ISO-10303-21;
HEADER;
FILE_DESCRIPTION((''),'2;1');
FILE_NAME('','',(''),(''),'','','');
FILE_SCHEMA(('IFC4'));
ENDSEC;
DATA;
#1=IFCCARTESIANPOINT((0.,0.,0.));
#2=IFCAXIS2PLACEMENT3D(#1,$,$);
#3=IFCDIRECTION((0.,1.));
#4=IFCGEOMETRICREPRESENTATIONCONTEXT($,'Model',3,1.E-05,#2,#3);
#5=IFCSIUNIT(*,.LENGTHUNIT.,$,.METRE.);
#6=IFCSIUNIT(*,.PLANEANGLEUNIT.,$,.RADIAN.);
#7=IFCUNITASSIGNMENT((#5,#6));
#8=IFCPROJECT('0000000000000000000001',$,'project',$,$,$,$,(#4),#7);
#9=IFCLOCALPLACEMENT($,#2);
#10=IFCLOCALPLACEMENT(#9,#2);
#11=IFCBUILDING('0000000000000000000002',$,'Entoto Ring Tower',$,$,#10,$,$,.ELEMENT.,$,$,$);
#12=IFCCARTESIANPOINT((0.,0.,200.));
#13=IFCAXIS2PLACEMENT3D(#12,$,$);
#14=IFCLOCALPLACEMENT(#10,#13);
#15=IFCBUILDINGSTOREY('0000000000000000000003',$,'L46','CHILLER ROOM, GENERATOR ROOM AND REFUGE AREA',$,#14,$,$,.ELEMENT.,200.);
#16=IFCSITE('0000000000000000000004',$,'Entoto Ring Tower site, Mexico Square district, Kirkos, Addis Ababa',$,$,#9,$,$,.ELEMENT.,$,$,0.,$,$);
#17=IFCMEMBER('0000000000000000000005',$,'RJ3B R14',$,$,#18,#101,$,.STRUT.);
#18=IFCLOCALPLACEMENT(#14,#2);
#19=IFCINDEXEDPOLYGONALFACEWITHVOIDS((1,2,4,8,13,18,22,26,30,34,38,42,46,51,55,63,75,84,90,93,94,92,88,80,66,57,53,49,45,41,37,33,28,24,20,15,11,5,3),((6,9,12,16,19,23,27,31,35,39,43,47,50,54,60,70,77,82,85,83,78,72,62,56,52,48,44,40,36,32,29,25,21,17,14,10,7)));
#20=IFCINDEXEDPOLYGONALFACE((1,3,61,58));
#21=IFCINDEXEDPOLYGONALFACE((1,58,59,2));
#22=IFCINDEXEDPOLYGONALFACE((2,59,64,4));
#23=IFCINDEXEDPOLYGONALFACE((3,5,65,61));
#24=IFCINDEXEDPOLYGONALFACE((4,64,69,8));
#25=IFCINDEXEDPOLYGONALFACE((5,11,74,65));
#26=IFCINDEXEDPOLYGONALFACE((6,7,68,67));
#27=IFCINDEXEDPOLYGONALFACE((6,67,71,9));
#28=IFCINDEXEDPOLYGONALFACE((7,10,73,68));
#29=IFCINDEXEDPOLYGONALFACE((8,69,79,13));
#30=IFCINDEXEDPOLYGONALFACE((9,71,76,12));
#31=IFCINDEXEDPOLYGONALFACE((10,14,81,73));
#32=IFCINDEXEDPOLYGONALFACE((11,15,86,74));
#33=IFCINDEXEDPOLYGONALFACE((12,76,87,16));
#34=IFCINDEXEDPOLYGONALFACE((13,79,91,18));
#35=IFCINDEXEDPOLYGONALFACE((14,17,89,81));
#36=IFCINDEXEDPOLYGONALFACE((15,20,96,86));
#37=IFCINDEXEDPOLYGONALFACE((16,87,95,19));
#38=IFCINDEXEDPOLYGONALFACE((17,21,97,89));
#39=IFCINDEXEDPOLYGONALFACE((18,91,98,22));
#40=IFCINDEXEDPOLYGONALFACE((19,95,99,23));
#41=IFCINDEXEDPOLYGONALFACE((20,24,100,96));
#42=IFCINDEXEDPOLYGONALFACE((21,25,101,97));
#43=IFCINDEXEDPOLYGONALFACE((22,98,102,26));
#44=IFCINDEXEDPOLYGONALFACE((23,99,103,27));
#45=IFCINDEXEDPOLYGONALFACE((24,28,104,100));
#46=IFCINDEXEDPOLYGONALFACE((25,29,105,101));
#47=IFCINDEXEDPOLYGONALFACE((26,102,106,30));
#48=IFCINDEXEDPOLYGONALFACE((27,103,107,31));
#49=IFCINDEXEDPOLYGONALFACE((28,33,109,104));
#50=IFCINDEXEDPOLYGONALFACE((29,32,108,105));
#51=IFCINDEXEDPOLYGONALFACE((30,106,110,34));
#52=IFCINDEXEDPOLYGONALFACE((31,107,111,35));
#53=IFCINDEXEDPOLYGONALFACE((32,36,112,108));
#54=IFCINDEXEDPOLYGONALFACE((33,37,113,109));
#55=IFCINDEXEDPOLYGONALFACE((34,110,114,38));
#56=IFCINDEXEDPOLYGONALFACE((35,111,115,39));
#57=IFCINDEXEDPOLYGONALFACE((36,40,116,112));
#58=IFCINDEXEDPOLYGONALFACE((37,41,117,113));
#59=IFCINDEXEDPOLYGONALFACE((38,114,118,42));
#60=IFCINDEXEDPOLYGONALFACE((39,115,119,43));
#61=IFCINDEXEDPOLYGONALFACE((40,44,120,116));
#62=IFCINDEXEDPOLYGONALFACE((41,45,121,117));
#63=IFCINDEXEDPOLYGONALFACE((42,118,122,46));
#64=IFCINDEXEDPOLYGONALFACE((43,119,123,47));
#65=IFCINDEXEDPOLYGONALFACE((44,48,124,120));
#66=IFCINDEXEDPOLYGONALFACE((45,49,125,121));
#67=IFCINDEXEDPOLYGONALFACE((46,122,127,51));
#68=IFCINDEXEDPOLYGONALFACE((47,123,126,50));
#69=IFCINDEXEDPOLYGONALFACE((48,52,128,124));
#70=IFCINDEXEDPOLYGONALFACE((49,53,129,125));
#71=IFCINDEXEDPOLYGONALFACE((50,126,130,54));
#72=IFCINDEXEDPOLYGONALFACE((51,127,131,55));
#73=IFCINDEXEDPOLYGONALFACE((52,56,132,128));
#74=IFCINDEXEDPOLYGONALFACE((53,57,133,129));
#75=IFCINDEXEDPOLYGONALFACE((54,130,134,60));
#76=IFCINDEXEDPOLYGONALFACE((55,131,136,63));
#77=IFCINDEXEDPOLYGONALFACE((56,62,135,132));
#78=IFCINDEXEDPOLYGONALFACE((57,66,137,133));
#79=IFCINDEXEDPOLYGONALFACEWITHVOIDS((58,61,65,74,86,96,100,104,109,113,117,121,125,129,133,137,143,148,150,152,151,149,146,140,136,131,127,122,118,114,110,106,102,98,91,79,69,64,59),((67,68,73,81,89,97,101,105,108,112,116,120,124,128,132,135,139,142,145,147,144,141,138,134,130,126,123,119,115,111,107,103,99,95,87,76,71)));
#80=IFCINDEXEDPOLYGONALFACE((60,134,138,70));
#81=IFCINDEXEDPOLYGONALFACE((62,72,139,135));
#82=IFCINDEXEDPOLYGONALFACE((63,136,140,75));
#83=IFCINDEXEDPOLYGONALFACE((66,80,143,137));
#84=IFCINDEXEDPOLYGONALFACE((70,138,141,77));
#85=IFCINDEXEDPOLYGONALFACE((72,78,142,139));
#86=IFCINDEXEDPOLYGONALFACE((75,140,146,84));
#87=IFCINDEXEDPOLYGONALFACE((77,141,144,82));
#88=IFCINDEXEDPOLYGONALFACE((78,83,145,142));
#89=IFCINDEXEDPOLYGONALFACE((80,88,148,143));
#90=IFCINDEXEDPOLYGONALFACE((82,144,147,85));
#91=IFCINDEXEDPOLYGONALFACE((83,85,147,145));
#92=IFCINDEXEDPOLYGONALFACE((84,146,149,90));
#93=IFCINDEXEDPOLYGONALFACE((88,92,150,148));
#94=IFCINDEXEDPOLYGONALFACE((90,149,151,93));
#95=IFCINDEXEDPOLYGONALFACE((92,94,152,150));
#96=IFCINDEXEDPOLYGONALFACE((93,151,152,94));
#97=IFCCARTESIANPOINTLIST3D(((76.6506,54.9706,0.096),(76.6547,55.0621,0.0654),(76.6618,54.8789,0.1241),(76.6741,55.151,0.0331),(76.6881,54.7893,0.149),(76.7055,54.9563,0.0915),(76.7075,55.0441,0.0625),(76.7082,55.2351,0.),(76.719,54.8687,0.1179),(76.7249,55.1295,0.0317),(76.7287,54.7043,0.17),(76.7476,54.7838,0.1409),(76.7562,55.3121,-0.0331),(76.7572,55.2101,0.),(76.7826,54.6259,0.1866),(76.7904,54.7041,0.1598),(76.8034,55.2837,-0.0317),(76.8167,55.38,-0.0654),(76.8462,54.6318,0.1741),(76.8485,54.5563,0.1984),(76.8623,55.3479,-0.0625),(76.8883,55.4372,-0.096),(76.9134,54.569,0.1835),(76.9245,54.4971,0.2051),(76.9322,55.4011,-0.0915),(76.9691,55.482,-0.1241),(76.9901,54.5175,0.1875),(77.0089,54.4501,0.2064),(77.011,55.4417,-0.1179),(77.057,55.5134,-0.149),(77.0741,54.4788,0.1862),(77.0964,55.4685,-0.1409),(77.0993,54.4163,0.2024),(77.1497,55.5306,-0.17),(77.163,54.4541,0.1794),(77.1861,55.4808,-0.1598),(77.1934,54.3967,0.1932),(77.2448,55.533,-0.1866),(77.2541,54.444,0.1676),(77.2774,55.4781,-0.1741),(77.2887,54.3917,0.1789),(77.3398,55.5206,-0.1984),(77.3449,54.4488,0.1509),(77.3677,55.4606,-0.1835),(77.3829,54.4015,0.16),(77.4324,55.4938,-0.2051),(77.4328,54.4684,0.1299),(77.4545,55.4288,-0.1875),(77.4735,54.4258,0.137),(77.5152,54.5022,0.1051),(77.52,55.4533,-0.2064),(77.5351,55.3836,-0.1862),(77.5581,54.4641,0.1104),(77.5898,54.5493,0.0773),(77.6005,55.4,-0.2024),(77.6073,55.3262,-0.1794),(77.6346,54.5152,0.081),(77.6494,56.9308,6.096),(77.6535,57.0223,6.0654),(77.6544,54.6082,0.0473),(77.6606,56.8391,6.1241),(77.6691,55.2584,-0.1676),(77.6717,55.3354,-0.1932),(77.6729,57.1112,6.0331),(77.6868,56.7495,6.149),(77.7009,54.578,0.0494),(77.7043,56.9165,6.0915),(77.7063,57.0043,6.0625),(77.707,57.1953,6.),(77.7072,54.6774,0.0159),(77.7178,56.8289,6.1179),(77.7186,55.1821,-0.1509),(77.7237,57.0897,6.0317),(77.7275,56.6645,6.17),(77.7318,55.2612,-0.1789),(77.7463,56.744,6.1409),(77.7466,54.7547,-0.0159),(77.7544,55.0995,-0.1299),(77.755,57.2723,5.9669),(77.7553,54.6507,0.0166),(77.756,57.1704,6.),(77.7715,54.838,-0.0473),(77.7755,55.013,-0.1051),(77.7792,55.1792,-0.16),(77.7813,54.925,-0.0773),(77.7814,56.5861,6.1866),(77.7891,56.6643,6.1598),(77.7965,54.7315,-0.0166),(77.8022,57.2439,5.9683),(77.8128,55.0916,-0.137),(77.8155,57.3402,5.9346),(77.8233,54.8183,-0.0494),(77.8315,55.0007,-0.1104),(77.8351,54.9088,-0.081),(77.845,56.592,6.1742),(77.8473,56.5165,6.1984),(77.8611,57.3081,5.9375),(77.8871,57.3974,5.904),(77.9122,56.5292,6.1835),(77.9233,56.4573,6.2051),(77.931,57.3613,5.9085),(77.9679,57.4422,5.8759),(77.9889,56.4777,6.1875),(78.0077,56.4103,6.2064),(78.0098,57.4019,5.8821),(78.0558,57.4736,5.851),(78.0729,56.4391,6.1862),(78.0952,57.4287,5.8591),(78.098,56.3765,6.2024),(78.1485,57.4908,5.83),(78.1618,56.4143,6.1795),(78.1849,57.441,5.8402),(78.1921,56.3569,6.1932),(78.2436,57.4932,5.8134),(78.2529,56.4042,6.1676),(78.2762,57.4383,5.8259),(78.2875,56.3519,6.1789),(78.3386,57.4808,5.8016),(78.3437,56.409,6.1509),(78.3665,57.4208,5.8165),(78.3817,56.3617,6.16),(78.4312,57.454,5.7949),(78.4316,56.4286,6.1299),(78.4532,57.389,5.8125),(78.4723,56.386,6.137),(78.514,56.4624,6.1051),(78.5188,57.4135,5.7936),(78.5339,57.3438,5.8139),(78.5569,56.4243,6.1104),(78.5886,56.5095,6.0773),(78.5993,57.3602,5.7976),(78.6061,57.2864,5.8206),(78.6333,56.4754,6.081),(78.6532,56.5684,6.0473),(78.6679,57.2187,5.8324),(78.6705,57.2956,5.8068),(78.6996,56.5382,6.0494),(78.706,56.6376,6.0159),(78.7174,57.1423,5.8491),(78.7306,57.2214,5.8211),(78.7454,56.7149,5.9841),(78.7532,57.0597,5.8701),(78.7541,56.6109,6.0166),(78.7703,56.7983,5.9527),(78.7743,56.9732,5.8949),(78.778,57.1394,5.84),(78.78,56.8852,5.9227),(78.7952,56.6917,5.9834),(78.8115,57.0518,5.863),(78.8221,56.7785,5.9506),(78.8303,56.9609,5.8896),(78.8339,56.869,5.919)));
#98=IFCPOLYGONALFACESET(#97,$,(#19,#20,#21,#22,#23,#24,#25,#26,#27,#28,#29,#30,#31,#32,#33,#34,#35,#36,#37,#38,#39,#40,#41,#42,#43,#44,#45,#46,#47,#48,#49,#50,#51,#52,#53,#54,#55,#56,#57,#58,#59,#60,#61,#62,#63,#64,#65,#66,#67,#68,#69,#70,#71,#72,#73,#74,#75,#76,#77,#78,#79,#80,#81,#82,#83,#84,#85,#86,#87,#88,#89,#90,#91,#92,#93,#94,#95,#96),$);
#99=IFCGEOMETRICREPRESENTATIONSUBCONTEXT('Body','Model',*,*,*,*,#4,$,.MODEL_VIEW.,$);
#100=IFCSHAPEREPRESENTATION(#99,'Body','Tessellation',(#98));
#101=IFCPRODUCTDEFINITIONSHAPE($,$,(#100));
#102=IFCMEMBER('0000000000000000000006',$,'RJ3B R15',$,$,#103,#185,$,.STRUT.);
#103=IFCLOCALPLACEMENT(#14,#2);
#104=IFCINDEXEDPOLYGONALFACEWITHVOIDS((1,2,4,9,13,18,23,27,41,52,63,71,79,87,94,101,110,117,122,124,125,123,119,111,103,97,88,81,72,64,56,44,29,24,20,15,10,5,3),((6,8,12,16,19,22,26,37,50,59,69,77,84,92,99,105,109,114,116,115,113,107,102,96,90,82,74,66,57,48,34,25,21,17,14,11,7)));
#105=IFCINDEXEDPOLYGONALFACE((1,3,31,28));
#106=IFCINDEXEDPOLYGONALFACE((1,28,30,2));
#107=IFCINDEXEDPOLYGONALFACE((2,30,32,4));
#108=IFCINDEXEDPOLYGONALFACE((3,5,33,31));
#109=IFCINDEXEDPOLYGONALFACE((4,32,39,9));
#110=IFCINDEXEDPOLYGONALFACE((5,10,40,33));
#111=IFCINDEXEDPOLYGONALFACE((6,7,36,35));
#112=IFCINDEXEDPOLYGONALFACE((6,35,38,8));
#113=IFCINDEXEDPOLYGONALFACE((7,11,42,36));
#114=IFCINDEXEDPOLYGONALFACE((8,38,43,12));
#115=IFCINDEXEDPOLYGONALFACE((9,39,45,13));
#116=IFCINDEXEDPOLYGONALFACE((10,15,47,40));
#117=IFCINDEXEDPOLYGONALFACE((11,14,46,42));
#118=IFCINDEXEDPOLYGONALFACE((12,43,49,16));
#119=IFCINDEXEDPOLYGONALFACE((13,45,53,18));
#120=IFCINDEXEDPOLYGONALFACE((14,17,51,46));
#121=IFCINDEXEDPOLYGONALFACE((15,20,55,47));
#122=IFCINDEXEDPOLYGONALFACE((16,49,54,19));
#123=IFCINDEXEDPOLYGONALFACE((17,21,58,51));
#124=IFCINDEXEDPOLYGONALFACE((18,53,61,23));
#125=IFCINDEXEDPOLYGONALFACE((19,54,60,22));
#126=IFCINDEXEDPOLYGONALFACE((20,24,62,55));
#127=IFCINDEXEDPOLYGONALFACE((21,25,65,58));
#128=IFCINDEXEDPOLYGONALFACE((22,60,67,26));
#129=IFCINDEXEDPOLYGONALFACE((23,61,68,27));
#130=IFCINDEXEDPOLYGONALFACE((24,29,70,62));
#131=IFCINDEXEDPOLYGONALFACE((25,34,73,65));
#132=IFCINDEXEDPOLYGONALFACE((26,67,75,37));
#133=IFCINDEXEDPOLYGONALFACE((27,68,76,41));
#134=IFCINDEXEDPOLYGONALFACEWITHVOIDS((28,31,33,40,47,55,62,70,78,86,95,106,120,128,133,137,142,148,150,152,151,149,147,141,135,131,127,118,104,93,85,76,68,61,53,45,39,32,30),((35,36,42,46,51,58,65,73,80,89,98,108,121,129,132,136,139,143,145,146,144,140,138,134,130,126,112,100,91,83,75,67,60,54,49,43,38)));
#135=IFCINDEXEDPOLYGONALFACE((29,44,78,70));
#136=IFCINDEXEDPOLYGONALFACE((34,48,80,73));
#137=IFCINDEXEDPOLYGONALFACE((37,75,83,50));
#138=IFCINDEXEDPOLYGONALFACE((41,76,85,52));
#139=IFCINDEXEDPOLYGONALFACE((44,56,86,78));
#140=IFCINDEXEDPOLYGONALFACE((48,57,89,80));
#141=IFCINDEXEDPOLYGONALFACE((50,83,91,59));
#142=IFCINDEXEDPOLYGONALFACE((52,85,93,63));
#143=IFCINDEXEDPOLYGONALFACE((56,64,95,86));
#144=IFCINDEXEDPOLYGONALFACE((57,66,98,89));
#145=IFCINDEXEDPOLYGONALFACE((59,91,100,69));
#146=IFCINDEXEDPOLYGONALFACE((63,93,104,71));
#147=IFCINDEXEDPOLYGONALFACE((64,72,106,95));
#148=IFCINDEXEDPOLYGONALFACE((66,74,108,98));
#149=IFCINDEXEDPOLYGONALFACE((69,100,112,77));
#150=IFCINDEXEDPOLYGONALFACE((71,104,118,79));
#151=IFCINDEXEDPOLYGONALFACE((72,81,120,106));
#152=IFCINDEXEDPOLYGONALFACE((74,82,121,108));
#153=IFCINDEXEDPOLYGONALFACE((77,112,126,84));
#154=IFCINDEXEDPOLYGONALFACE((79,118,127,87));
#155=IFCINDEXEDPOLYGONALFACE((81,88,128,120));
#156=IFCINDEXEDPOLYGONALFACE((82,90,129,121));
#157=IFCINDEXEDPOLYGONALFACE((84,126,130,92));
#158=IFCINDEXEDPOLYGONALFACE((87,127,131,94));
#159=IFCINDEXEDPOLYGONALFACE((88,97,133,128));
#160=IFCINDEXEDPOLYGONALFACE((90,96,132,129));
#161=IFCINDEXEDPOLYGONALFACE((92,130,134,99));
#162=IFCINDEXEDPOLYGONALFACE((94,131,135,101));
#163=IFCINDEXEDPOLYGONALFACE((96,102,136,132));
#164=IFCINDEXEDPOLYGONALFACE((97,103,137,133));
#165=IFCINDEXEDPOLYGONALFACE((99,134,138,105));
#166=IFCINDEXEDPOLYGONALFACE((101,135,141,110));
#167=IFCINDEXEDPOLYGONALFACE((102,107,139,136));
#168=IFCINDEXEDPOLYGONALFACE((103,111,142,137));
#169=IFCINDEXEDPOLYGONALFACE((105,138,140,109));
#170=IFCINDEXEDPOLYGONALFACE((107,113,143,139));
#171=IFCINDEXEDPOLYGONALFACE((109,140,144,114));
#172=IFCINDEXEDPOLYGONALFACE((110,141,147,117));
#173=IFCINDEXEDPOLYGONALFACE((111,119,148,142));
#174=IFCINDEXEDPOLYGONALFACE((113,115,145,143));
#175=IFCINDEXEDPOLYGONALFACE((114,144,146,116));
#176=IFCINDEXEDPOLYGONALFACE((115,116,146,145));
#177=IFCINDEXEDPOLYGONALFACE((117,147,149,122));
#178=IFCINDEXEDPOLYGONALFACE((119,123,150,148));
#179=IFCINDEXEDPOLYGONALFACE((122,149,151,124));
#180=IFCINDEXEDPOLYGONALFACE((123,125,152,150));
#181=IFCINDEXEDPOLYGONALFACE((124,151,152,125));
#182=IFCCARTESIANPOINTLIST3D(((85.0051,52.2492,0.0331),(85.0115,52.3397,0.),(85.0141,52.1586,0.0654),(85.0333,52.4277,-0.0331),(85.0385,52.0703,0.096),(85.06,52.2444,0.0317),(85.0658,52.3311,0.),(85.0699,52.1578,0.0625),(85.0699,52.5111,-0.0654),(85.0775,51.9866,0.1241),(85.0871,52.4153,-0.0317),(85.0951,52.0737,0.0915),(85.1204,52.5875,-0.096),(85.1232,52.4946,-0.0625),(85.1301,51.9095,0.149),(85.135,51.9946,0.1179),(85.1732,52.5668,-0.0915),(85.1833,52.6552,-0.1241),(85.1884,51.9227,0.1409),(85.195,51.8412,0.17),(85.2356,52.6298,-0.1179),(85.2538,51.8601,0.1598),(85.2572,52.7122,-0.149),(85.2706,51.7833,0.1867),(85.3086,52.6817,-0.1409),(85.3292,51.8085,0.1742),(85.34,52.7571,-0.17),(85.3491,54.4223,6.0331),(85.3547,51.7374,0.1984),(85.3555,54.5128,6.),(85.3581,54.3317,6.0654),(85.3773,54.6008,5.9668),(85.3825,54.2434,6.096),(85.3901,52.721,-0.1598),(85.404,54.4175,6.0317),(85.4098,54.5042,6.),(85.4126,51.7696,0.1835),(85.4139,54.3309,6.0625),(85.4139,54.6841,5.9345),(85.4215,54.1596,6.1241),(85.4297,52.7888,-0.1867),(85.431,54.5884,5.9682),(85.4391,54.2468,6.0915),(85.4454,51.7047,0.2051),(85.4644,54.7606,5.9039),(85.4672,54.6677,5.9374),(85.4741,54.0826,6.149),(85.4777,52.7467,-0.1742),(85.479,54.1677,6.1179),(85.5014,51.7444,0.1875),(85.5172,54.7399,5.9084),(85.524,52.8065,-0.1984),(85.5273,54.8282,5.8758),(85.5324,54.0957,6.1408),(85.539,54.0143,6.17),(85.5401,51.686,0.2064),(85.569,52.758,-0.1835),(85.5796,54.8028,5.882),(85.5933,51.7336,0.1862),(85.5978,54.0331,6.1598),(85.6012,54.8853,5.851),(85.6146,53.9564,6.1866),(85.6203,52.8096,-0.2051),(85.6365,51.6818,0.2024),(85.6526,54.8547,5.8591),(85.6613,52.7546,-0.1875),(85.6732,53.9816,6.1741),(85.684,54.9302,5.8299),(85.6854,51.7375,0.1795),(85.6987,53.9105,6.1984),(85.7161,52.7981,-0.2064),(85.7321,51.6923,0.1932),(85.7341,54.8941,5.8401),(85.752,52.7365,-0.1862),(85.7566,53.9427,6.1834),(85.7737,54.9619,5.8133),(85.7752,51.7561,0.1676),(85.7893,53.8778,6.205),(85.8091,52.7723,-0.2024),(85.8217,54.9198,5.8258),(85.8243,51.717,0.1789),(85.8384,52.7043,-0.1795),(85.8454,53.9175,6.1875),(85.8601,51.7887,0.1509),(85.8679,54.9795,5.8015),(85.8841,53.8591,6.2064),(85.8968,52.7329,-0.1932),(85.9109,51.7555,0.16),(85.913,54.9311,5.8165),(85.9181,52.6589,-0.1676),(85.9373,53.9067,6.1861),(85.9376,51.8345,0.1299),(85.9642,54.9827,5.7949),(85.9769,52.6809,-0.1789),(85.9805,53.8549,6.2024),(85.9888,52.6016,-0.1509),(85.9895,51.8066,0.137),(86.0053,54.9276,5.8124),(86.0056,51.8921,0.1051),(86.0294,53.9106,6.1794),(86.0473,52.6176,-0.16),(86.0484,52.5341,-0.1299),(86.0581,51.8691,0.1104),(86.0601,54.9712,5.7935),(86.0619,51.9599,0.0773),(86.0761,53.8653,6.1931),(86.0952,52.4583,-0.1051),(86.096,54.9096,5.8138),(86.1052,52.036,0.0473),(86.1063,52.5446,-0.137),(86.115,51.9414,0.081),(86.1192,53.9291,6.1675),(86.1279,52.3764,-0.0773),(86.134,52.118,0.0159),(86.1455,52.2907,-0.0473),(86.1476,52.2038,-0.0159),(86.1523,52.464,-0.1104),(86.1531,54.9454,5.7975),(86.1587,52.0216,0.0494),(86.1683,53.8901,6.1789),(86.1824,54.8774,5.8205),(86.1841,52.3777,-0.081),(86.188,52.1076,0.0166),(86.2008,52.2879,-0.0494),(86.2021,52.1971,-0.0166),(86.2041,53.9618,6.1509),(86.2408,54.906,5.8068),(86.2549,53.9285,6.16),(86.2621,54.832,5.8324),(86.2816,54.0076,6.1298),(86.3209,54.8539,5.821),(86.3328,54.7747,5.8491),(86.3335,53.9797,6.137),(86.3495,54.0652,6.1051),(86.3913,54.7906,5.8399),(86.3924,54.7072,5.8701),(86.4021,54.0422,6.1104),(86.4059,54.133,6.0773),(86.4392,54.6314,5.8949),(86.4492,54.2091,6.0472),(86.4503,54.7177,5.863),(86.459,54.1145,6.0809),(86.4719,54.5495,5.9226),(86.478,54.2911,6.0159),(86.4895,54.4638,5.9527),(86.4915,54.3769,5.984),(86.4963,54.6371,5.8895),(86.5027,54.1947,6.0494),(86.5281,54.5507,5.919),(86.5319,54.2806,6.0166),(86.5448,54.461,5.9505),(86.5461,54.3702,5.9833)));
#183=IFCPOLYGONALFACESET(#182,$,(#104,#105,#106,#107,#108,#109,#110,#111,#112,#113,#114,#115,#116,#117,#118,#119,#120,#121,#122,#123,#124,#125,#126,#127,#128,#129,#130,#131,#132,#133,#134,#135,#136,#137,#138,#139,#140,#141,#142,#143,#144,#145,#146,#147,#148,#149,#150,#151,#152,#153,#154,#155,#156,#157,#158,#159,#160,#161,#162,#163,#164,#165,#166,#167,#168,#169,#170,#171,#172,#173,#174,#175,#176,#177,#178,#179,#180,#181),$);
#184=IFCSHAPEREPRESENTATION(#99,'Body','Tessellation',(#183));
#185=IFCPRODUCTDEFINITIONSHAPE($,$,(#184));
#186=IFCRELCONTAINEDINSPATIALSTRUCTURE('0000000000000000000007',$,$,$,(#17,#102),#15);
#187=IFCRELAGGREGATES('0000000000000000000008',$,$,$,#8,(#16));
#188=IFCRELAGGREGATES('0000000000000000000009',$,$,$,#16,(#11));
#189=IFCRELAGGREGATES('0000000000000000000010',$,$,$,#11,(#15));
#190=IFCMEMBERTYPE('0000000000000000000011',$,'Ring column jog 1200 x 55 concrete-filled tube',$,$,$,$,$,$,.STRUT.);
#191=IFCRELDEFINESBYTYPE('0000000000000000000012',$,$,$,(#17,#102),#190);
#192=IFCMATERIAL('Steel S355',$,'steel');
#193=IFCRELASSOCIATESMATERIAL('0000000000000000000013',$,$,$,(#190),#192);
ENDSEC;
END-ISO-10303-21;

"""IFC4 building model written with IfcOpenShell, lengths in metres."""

from ifc_helpers import new_model, si_unit, direction, frame, origin, origin_2d, place, context, subcontext, project, spatial, circle, hollow_circle, extrude, material, material_profile, profile_set, type_object, element, save


model = new_model("IFC4")

# Units and contexts
model_context = context("Model", 3, precision=1e-05, world=origin(), true_north=direction((0.0, 1.0)))
body_context = subcontext(model_context, "Body", "Model", "MODEL_VIEW")
ifc_project = project(units=[si_unit("LENGTHUNIT", "METRE"), si_unit("PLANEANGLEUNIT", "RADIAN")], contexts=[model_context])

# Site, building, storey
site_placement = place(None, origin())
site = spatial("IfcSite", under=ifc_project, at=site_placement, Name="Entoto Ring Tower site, Mexico Square district, Kirkos, Addis Ababa", CompositionType="ELEMENT", RefElevation=0.0)
building_placement = place(site_placement, origin())
building = spatial("IfcBuilding", under=site, at=building_placement, Name="Entoto Ring Tower", CompositionType="ELEMENT")
storey_placement = place(building_placement, frame((0.0, 0.0, 200.0)))
storey = spatial("IfcBuildingStorey", under=building, at=storey_placement, Name="L46", Description="CHILLER ROOM, GENERATOR ROOM AND REFUGE AREA", CompositionType="ELEMENT", Elevation=200.0)

# Members
ifc_material_1 = material(Name="Steel S355", Category="steel")
ifc_material_profile_1 = material_profile(ifc_material_1, hollow_circle(Radius=0.6001, WallThickness=0.0549, at=origin_2d()), Name="CHS 1200 x 55")
ifc_material_2 = material(Name="Concrete C60/75", Category="concrete")
ifc_material_profile_2 = material_profile(ifc_material_2, circle(Radius=0.5449, at=origin_2d()), Name="Concrete C60/75 infill")
ifc_profile_set_1 = profile_set([ifc_material_profile_1, ifc_material_profile_2], Name="Steel S355")
member_type_1 = type_object("IfcMemberType", Name="Ring column jog 1200 x 55 concrete-filled tube", PredefinedType="STRUT", material=ifc_profile_set_1)
for number, where, z_axis, x_axis, name in (
    (1, (77.2429, 54.9626, 0.0), (0.156288, 0.306732, 0.938877), (-0.891006, 0.453992, 0.0), "RJ3B R14"),
    (2, (85.6042, 52.2458, 0.0), (0.053828, 0.340042, 0.938869), (-0.987702, 0.15635, 0.0), "RJ3B R15"),
):
    element("IfcMember", number, at=place(storey_placement, frame(where, z_axis=z_axis, x_axis=x_axis)), inside=storey, type_object=member_type_1, Name=name, PredefinedType="STRUT", context=body_context, shape_type="SweptSolid", body=[
        extrude(hollow_circle(Radius=0.6001, WallThickness=0.0549, at=origin_2d()), origin(), (0.0, 0.0, 1.0), 6.3906),
    ])

save(model, "model.ifc")
